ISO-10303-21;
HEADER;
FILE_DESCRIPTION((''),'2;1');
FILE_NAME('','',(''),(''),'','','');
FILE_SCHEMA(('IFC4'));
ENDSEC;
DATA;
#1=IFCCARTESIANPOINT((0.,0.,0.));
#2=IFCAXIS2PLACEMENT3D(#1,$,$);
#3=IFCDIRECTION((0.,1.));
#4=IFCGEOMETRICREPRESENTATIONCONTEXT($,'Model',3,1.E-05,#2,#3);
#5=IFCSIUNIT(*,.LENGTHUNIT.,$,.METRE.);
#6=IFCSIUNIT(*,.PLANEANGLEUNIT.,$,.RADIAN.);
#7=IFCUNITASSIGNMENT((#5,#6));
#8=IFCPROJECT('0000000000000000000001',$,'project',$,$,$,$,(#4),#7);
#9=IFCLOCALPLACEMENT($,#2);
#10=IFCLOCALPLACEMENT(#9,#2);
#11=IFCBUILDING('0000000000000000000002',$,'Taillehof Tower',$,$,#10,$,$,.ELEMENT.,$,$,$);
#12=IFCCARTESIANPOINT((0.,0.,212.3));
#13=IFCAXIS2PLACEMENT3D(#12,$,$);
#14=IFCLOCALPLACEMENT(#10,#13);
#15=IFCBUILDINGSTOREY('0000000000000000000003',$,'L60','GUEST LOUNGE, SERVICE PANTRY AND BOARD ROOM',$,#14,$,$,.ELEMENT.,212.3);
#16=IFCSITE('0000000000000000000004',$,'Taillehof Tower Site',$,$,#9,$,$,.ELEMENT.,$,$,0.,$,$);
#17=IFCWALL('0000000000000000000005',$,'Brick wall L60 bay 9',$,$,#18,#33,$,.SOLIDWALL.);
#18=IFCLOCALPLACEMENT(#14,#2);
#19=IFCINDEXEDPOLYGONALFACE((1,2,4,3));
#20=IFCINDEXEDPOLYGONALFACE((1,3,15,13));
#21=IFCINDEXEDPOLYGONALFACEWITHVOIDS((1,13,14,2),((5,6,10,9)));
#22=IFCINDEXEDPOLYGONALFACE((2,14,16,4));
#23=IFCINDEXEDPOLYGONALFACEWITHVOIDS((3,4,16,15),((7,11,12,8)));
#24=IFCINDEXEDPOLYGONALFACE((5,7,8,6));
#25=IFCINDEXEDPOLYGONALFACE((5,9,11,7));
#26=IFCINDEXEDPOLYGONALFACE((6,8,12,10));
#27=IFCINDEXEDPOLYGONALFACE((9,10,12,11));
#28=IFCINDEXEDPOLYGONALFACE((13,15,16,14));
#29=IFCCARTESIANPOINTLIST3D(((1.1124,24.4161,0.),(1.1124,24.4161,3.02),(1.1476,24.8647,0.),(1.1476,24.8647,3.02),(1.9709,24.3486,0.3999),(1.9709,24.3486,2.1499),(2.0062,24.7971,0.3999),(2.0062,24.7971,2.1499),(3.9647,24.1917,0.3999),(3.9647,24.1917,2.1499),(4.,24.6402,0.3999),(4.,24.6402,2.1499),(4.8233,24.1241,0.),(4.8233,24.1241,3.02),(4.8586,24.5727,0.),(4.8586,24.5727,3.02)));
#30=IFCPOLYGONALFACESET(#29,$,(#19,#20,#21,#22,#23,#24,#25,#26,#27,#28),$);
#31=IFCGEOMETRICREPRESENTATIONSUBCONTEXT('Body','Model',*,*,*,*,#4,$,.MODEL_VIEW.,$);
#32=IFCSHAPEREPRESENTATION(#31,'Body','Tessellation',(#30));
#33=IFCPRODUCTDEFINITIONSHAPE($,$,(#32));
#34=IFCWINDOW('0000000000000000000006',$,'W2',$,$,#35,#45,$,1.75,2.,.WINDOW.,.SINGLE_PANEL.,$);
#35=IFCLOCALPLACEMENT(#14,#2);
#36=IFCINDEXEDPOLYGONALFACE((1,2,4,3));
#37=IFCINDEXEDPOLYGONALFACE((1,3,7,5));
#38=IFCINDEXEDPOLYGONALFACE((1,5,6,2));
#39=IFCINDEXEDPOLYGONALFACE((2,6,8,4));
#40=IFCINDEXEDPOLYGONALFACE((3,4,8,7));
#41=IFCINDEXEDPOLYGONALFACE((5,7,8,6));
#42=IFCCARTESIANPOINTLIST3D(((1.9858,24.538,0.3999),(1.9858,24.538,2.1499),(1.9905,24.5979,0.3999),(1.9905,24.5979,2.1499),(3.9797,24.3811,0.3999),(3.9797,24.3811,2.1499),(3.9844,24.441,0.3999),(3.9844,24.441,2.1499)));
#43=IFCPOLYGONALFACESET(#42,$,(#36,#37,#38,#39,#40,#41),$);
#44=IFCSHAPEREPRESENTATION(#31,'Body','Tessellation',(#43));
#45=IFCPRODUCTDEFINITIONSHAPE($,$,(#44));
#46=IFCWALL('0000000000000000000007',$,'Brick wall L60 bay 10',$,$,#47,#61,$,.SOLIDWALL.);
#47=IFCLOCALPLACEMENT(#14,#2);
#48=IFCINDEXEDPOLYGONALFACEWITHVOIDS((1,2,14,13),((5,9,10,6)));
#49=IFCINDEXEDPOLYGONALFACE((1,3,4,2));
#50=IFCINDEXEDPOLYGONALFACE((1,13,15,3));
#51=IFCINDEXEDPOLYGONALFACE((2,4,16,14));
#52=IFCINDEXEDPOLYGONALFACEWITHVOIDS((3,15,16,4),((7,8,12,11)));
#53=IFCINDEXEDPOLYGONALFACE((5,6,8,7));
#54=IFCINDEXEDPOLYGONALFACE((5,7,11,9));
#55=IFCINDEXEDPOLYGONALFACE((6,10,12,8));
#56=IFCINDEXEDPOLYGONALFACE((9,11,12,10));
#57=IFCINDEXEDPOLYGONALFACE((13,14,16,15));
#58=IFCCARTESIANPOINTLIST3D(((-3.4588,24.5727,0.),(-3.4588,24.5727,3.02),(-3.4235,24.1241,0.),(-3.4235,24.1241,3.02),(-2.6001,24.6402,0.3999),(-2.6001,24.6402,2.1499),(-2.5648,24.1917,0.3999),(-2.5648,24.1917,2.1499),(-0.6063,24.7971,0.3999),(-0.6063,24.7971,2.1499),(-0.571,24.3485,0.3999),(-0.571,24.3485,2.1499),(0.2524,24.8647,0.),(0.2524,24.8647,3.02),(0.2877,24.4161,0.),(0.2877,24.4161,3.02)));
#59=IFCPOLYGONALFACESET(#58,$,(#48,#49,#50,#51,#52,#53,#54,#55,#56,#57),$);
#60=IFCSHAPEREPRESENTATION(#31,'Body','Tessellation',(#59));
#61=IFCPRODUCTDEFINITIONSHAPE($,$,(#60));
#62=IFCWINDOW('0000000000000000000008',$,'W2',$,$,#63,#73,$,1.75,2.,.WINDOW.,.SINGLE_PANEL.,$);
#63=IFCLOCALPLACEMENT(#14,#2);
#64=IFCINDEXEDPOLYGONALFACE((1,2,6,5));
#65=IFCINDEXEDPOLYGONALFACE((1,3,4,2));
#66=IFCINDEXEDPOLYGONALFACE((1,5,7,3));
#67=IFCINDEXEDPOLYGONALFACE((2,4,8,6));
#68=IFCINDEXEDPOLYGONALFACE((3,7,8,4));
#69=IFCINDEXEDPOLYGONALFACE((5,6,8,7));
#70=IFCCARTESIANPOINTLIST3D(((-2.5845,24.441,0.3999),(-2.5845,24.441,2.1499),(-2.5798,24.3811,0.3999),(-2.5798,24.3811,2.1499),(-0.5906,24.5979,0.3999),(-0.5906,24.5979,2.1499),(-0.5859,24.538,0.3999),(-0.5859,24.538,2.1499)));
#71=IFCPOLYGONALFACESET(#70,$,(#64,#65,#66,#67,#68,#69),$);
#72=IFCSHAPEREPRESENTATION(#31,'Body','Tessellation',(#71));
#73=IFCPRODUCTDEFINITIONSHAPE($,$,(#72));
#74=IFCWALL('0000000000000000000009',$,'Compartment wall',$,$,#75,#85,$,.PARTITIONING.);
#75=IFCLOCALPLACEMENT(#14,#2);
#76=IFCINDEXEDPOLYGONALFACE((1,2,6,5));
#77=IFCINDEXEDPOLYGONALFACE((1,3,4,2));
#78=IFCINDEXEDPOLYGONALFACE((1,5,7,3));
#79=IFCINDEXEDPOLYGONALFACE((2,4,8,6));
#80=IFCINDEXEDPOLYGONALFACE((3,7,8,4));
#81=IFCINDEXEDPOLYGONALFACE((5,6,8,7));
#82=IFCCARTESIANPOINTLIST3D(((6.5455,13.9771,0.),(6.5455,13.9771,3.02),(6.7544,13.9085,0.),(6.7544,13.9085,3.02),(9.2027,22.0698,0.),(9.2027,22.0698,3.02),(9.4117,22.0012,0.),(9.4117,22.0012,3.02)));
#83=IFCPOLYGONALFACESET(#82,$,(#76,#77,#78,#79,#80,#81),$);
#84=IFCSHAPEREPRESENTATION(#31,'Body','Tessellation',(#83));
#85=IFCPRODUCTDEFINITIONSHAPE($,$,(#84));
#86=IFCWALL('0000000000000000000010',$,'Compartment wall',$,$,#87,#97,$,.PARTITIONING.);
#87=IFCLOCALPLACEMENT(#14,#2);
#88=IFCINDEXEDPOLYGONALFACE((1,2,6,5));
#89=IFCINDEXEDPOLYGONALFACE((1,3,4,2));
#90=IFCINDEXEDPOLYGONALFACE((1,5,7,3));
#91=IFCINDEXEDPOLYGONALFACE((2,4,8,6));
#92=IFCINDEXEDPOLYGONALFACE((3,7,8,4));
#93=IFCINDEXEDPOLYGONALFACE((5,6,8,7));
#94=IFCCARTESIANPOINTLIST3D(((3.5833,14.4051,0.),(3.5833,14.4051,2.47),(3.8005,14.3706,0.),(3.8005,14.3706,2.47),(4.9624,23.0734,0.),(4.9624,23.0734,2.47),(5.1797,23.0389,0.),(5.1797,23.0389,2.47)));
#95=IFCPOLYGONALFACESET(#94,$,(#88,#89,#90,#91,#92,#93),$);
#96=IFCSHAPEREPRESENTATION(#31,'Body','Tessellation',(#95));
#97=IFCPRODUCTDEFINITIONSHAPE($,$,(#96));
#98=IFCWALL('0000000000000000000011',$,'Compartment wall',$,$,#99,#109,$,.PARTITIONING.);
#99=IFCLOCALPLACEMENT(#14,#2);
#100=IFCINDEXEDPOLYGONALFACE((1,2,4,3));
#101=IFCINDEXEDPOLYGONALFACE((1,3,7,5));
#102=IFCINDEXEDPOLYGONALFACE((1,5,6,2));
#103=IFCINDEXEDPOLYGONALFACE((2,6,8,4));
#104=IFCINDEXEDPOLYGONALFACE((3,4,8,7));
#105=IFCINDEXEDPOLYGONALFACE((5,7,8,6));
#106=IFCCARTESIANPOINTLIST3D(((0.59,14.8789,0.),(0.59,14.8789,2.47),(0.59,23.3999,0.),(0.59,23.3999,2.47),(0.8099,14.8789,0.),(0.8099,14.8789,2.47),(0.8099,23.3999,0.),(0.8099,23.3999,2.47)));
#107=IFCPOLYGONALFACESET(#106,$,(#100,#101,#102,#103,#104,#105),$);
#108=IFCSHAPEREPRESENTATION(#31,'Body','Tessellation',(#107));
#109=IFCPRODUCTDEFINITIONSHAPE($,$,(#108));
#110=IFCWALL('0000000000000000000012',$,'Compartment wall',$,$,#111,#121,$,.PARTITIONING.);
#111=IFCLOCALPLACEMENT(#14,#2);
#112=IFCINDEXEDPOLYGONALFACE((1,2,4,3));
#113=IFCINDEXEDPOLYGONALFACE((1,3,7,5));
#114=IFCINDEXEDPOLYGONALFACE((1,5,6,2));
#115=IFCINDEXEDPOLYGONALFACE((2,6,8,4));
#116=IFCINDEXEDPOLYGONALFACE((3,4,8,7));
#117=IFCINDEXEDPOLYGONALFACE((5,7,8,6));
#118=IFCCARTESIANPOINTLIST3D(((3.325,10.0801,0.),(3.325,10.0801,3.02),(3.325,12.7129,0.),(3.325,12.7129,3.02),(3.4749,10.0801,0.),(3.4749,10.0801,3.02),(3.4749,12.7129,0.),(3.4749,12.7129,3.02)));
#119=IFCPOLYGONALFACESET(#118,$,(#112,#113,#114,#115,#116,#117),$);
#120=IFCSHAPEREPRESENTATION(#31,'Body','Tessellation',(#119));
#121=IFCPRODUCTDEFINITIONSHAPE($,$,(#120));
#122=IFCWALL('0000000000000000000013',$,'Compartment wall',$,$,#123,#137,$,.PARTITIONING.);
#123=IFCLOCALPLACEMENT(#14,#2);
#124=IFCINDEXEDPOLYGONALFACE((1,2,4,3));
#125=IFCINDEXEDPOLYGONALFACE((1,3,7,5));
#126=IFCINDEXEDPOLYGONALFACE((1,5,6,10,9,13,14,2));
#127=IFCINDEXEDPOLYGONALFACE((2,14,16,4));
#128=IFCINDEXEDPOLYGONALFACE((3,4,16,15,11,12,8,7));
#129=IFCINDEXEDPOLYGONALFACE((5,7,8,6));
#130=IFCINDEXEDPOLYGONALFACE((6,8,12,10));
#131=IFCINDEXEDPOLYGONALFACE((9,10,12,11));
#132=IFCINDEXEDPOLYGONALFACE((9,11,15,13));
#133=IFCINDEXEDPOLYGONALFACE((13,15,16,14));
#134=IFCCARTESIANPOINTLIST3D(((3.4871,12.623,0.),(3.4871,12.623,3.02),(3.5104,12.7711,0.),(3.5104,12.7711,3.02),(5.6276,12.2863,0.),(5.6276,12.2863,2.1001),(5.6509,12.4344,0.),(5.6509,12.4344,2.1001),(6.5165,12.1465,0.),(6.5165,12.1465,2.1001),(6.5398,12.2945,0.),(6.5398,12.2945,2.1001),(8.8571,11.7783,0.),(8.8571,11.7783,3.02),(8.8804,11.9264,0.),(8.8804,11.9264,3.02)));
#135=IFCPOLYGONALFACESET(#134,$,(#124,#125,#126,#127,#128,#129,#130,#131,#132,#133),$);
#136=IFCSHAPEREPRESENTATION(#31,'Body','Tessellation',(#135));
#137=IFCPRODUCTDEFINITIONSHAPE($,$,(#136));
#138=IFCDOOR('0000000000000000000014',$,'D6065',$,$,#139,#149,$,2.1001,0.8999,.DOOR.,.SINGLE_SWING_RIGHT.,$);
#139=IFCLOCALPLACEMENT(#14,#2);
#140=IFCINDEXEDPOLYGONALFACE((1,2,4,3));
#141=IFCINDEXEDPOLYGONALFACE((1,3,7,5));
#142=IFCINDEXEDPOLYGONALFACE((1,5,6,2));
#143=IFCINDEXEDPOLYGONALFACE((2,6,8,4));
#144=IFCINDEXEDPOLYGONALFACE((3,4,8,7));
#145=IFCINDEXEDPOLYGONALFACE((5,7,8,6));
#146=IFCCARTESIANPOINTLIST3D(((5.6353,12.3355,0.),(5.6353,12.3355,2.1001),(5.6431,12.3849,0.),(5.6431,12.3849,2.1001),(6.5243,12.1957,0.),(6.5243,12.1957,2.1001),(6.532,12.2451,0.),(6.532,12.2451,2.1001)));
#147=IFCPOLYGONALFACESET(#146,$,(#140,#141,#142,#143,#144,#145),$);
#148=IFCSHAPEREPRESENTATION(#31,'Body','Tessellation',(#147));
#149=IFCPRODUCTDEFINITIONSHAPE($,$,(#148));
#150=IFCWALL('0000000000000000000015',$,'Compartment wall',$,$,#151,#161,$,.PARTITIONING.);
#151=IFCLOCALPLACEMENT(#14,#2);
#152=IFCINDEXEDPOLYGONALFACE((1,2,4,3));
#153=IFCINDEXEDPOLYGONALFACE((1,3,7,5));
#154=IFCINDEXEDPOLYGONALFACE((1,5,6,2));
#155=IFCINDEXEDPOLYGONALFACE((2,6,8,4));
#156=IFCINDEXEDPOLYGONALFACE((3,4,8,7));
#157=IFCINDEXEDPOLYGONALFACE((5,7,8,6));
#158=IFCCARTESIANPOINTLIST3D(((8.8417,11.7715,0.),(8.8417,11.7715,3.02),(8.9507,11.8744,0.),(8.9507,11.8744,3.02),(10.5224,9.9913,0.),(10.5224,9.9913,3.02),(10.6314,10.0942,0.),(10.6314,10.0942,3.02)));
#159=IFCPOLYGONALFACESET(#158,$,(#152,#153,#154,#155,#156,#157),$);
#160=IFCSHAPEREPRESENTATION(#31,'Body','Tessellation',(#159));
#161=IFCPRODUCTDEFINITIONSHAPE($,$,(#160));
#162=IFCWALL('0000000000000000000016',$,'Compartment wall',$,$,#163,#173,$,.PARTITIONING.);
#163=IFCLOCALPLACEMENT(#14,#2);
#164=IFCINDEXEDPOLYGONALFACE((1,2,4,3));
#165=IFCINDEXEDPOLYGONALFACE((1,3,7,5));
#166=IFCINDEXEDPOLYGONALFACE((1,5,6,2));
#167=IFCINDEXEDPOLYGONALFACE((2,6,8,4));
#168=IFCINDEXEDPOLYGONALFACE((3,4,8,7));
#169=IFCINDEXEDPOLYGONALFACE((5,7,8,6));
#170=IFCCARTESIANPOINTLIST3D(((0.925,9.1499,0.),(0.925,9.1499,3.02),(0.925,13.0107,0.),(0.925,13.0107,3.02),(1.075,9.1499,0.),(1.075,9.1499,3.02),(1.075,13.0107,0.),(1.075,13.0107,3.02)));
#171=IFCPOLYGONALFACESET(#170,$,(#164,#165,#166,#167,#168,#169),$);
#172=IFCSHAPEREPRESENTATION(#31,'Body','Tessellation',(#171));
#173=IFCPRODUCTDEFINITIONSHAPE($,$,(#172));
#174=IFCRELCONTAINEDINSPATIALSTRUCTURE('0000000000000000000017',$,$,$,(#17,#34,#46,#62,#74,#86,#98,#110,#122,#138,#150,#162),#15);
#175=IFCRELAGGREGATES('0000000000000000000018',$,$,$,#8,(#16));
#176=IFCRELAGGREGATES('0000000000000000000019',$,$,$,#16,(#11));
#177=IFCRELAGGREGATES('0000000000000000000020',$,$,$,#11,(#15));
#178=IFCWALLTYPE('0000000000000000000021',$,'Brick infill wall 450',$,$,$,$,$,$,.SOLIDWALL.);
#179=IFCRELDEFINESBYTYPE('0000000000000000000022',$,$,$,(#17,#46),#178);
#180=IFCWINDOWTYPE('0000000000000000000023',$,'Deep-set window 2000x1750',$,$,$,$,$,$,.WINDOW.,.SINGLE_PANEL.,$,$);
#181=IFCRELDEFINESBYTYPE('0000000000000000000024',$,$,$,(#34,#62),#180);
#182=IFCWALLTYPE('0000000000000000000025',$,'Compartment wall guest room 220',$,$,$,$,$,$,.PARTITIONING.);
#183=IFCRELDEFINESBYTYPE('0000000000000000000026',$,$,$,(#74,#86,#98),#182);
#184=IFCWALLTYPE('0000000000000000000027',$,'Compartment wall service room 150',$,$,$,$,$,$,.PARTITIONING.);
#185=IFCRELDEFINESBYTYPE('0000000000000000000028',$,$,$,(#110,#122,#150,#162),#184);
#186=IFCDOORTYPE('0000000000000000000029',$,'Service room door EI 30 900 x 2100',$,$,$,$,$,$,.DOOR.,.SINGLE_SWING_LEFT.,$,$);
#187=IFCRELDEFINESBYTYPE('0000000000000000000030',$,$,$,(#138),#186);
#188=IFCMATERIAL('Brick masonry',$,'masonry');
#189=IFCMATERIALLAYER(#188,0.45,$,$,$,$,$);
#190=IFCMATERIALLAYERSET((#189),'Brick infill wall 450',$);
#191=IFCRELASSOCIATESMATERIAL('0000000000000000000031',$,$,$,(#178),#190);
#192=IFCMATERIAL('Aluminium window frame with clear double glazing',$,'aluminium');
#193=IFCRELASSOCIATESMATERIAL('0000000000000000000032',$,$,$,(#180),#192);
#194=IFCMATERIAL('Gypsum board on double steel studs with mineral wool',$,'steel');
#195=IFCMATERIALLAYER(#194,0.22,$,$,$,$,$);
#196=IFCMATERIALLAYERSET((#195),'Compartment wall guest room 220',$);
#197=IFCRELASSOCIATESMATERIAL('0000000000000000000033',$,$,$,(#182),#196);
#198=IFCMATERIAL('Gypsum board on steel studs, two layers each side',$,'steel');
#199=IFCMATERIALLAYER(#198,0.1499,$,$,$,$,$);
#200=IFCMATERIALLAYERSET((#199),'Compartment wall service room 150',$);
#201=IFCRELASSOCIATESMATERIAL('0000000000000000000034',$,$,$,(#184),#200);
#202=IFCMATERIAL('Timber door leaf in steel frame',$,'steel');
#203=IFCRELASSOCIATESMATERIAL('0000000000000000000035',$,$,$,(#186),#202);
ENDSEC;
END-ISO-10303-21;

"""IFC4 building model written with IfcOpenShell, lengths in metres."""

from ifc_helpers import new_model, si_unit, direction, frame, frame_2d, origin, place, context, subcontext, project, spatial, rectangle, extrude, material, layer, layer_set, type_object, element, fill, save


model = new_model("IFC4")

# Units and contexts
model_context = context("Model", 3, precision=1e-05, world=origin(), true_north=direction((0.0, 1.0)))
body_context = subcontext(model_context, "Body", "Model", "MODEL_VIEW")
ifc_project = project(units=[si_unit("LENGTHUNIT", "METRE"), si_unit("PLANEANGLEUNIT", "RADIAN")], contexts=[model_context])

# Site, building, storey
site_placement = place(None, origin())
site = spatial("IfcSite", under=ifc_project, at=site_placement, Name="Taillehof Tower Site", CompositionType="ELEMENT", RefElevation=0.0)
building_placement = place(site_placement, origin())
building = spatial("IfcBuilding", under=site, at=building_placement, Name="Taillehof Tower", CompositionType="ELEMENT")
storey_placement = place(building_placement, frame((0.0, 0.0, 212.3)))
storey = spatial("IfcBuildingStorey", under=building, at=storey_placement, Name="L60", Description="GUEST LOUNGE, SERVICE PANTRY AND BOARD ROOM", CompositionType="ELEMENT", Elevation=212.3)

# Walls, openings, windows
ifc_material_1 = material(Name="Brick masonry", Category="masonry")
ifc_layer_1 = layer(ifc_material_1, 0.45)
ifc_layer_set_1 = layer_set([ifc_layer_1], Name="Brick infill wall 450")
wall_type_1 = type_object("IfcWallType", Name="Brick infill wall 450", PredefinedType="SOLIDWALL", material=ifc_layer_set_1)
ifc_material_2 = material(Name="Aluminium window frame with clear double glazing", Category="aluminium")
window_type = type_object("IfcWindowType", Name="Deep-set window 2000x1750", PartitioningType="SINGLE_PANEL", PredefinedType="WINDOW", material=ifc_material_2)
wall_1_placement = place(storey_placement, frame((4.8411, 24.3484, 0.0), z_axis=(0.0, 0.0, 1.0), x_axis=(-0.996919, 0.078442, 0.0)))
wall_1 = element("IfcWall", 1, at=wall_1_placement, inside=storey, type_object=wall_type_1, Name="Brick wall L60 bay 9", PredefinedType="SOLIDWALL", context=body_context, shape_type="SweptSolid", body=[
    extrude(rectangle(XDim=3.7224, YDim=0.45, at=frame_2d((1.8613, 0.0))), origin(), (0.0, 0.0, 1.0), 3.02),
])
opening_1_placement = place(wall_1_placement, frame((0.8613, 0.0, 0.3999)))
opening_1 = element("IfcOpeningElement", 2, at=opening_1_placement, cuts=wall_1, PredefinedType="OPENING", context=body_context, shape_type="SweptSolid", body=[
    extrude(rectangle(XDim=2.0, YDim=1.75, at=frame_2d((1.0, 0.875))), frame((0.0, 0.2349, 0.0), z_axis=(0.0, -1.0, 0.0), x_axis=(1.0, 0.0, 0.0)), (0.0, 0.0, 1.0), 0.47),
])
window_1_placement = place(opening_1_placement, origin())
window_1 = element("IfcWindow", 3, at=window_1_placement, inside=storey, type_object=window_type, Name="W2", OverallHeight=1.75, OverallWidth=2.0, PartitioningType="SINGLE_PANEL", PredefinedType="WINDOW", context=body_context, shape_type="SweptSolid", body=[
    extrude(rectangle(XDim=2.0, YDim=1.75, at=frame_2d((1.0, 0.875))), frame((0.0, 0.0349, 0.0), z_axis=(0.0, -1.0, 0.0), x_axis=(1.0, 0.0, 0.0)), (0.0, 0.0, 1.0), 0.0601),
])
fill(opening_1, window_1)
wall_2_placement = place(storey_placement, frame((0.27, 24.6404, 0.0), z_axis=(0.0, 0.0, 1.0), x_axis=(-0.996919, -0.078437, 0.0)))
wall_2 = element("IfcWall", 4, at=wall_2_placement, inside=storey, type_object=wall_type_1, Name="Brick wall L60 bay 10", PredefinedType="SOLIDWALL", context=body_context, shape_type="SweptSolid", body=[
    extrude(rectangle(XDim=3.7227, YDim=0.45, at=frame_2d((1.8613, 0.0))), origin(), (0.0, 0.0, 1.0), 3.02),
])
opening_2_placement = place(wall_2_placement, frame((0.8613, 0.0, 0.3999)))
opening_2 = element("IfcOpeningElement", 5, at=opening_2_placement, cuts=wall_2, PredefinedType="OPENING", context=body_context, shape_type="SweptSolid", body=[
    extrude(rectangle(XDim=2.0, YDim=1.75, at=frame_2d((1.0, 0.875))), frame((0.0, 0.2349, 0.0), z_axis=(0.0, -1.0, 0.0), x_axis=(1.0, 0.0, 0.0)), (0.0, 0.0, 1.0), 0.47),
])
window_2_placement = place(opening_2_placement, origin())
window_2 = element("IfcWindow", 6, at=window_2_placement, inside=storey, type_object=window_type, Name="W2", OverallHeight=1.75, OverallWidth=2.0, PartitioningType="SINGLE_PANEL", PredefinedType="WINDOW", context=body_context, shape_type="SweptSolid", body=[
    extrude(rectangle(XDim=2.0, YDim=1.75, at=frame_2d((1.0, 0.875))), frame((0.0, 0.0349, 0.0), z_axis=(0.0, -1.0, 0.0), x_axis=(1.0, 0.0, 0.0)), (0.0, 0.0, 1.0), 0.0601),
])
fill(opening_2, window_2)

# Walls
ifc_material_3 = material(Name="Gypsum board on double steel studs with mineral wool", Category="steel")
ifc_layer_2 = layer(ifc_material_3, 0.22)
ifc_layer_set_2 = layer_set([ifc_layer_2], Name="Compartment wall guest room 220")
wall_type_2 = type_object("IfcWallType", Name="Compartment wall guest room 220", PredefinedType="PARTITIONING", material=ifc_layer_set_2)
wall_3_placement = place(storey_placement, frame((9.3071, 22.0354, 0.0), z_axis=(0.0, 0.0, 1.0), x_axis=(-0.31196, -0.950095, 0.0)))
element("IfcWall", 7, at=wall_3_placement, inside=storey, type_object=wall_type_2, Name="Compartment wall", PredefinedType="PARTITIONING", context=body_context, shape_type="SweptSolid", body=[
    extrude(rectangle(XDim=8.5178, YDim=0.22, at=frame_2d((4.2588, 0.0))), origin(), (0.0, 0.0, 1.0), 3.02),
])
wall_4_placement = place(storey_placement, frame((5.071, 23.0562, 0.0), z_axis=(0.0, 0.0, 1.0), x_axis=(-0.157128, -0.987578, 0.0)))
element("IfcWall", 8, at=wall_4_placement, inside=storey, type_object=wall_type_2, Name="Compartment wall", PredefinedType="PARTITIONING", context=body_context, shape_type="SweptSolid", body=[
    extrude(rectangle(XDim=8.7773, YDim=0.22, at=frame_2d((4.3887, 0.0))), origin(), (0.0, 0.0, 1.0), 2.47),
])
wall_5_placement = place(storey_placement, frame((0.7, 23.3999, 0.0), z_axis=(0.0, 0.0, 1.0), x_axis=(0.0, -1.0, 0.0)))
element("IfcWall", 9, at=wall_5_placement, inside=storey, type_object=wall_type_2, Name="Compartment wall", PredefinedType="PARTITIONING", context=body_context, shape_type="SweptSolid", body=[
    extrude(rectangle(XDim=8.521, YDim=0.22, at=frame_2d((4.2605, 0.0))), origin(), (0.0, 0.0, 1.0), 2.47),
])
ifc_material_4 = material(Name="Gypsum board on steel studs, two layers each side", Category="steel")
ifc_layer_3 = layer(ifc_material_4, 0.1499)
ifc_layer_set_3 = layer_set([ifc_layer_3], Name="Compartment wall service room 150")
wall_type_3 = type_object("IfcWallType", Name="Compartment wall service room 150", PredefinedType="PARTITIONING", material=ifc_layer_set_3)
wall_6_placement = place(storey_placement, frame((3.3999, 10.0801, 0.0), z_axis=(0.0, 0.0, 1.0), x_axis=(0.0, 1.0, 0.0)))
element("IfcWall", 10, at=wall_6_placement, inside=storey, type_object=wall_type_3, Name="Compartment wall", PredefinedType="PARTITIONING", context=body_context, shape_type="SweptSolid", body=[
    extrude(rectangle(XDim=2.6328, YDim=0.1499, at=frame_2d((1.3164, 0.0))), origin(), (0.0, 0.0, 1.0), 3.02),
])

# Wall, opening, door
wall_7_placement = place(storey_placement, frame((3.4988, 12.697, 0.0), z_axis=(0.0, 0.0, 1.0), x_axis=(0.987853, -0.155391, 0.0)))
wall_7 = element("IfcWall", 11, at=wall_7_placement, inside=storey, type_object=wall_type_3, Name="Compartment wall", PredefinedType="PARTITIONING", context=body_context, shape_type="SweptSolid", body=[
    extrude(rectangle(XDim=5.436, YDim=0.1499, at=frame_2d((2.718, 0.0))), origin(), (0.0, 0.0, 1.0), 3.02),
])
opening_3_placement = place(wall_7_placement, frame((2.1667, 0.0, 0.0)))
opening_3 = element("IfcOpeningElement", 12, at=opening_3_placement, cuts=wall_7, PredefinedType="OPENING", context=body_context, shape_type="SweptSolid", body=[
    extrude(rectangle(XDim=0.8999, YDim=2.1001, at=frame_2d((0.45, 1.05))), frame((0.0, 0.085, 0.0), z_axis=(0.0, -1.0, 0.0), x_axis=(1.0, 0.0, 0.0)), (0.0, 0.0, 1.0), 0.1699),
])
ifc_material_5 = material(Name="Timber door leaf in steel frame", Category="steel")
door_type = type_object("IfcDoorType", Name="Service room door EI 30 900 x 2100", OperationType="SINGLE_SWING_LEFT", PredefinedType="DOOR", material=ifc_material_5)
door_placement = place(opening_3_placement, origin())
door = element("IfcDoor", 13, at=door_placement, inside=storey, type_object=door_type, Name="D6065", OperationType="SINGLE_SWING_RIGHT", OverallHeight=2.1001, OverallWidth=0.8999, PredefinedType="DOOR", context=body_context, shape_type="SweptSolid", body=[
    extrude(rectangle(XDim=0.8999, YDim=2.1001, at=frame_2d((0.45, 1.05))), frame((0.0, 0.0249, 0.0), z_axis=(0.0, -1.0, 0.0), x_axis=(1.0, 0.0, 0.0)), (0.0, 0.0, 1.0), 0.05),
])
fill(opening_3, door)

# Walls
wall_8_placement = place(storey_placement, frame((8.8962, 11.823, 0.0), z_axis=(0.0, 0.0, 1.0), x_axis=(0.686471, -0.727157, 0.0)))
element("IfcWall", 14, at=wall_8_placement, inside=storey, type_object=wall_type_3, Name="Compartment wall", PredefinedType="PARTITIONING", context=body_context, shape_type="SweptSolid", body=[
    extrude(rectangle(XDim=2.4482, YDim=0.1499, at=frame_2d((1.2241, 0.0))), origin(), (0.0, 0.0, 1.0), 3.02),
])
wall_9_placement = place(storey_placement, frame((1.0, 13.0107, 0.0), z_axis=(0.0, 0.0, 1.0), x_axis=(0.0, -1.0, 0.0)))
element("IfcWall", 15, at=wall_9_placement, inside=storey, type_object=wall_type_3, Name="Compartment wall", PredefinedType="PARTITIONING", context=body_context, shape_type="SweptSolid", body=[
    extrude(rectangle(XDim=3.8608, YDim=0.1499, at=frame_2d((1.9304, 0.0))), origin(), (0.0, 0.0, 1.0), 3.02),
])

save(model, "model.ifc")
